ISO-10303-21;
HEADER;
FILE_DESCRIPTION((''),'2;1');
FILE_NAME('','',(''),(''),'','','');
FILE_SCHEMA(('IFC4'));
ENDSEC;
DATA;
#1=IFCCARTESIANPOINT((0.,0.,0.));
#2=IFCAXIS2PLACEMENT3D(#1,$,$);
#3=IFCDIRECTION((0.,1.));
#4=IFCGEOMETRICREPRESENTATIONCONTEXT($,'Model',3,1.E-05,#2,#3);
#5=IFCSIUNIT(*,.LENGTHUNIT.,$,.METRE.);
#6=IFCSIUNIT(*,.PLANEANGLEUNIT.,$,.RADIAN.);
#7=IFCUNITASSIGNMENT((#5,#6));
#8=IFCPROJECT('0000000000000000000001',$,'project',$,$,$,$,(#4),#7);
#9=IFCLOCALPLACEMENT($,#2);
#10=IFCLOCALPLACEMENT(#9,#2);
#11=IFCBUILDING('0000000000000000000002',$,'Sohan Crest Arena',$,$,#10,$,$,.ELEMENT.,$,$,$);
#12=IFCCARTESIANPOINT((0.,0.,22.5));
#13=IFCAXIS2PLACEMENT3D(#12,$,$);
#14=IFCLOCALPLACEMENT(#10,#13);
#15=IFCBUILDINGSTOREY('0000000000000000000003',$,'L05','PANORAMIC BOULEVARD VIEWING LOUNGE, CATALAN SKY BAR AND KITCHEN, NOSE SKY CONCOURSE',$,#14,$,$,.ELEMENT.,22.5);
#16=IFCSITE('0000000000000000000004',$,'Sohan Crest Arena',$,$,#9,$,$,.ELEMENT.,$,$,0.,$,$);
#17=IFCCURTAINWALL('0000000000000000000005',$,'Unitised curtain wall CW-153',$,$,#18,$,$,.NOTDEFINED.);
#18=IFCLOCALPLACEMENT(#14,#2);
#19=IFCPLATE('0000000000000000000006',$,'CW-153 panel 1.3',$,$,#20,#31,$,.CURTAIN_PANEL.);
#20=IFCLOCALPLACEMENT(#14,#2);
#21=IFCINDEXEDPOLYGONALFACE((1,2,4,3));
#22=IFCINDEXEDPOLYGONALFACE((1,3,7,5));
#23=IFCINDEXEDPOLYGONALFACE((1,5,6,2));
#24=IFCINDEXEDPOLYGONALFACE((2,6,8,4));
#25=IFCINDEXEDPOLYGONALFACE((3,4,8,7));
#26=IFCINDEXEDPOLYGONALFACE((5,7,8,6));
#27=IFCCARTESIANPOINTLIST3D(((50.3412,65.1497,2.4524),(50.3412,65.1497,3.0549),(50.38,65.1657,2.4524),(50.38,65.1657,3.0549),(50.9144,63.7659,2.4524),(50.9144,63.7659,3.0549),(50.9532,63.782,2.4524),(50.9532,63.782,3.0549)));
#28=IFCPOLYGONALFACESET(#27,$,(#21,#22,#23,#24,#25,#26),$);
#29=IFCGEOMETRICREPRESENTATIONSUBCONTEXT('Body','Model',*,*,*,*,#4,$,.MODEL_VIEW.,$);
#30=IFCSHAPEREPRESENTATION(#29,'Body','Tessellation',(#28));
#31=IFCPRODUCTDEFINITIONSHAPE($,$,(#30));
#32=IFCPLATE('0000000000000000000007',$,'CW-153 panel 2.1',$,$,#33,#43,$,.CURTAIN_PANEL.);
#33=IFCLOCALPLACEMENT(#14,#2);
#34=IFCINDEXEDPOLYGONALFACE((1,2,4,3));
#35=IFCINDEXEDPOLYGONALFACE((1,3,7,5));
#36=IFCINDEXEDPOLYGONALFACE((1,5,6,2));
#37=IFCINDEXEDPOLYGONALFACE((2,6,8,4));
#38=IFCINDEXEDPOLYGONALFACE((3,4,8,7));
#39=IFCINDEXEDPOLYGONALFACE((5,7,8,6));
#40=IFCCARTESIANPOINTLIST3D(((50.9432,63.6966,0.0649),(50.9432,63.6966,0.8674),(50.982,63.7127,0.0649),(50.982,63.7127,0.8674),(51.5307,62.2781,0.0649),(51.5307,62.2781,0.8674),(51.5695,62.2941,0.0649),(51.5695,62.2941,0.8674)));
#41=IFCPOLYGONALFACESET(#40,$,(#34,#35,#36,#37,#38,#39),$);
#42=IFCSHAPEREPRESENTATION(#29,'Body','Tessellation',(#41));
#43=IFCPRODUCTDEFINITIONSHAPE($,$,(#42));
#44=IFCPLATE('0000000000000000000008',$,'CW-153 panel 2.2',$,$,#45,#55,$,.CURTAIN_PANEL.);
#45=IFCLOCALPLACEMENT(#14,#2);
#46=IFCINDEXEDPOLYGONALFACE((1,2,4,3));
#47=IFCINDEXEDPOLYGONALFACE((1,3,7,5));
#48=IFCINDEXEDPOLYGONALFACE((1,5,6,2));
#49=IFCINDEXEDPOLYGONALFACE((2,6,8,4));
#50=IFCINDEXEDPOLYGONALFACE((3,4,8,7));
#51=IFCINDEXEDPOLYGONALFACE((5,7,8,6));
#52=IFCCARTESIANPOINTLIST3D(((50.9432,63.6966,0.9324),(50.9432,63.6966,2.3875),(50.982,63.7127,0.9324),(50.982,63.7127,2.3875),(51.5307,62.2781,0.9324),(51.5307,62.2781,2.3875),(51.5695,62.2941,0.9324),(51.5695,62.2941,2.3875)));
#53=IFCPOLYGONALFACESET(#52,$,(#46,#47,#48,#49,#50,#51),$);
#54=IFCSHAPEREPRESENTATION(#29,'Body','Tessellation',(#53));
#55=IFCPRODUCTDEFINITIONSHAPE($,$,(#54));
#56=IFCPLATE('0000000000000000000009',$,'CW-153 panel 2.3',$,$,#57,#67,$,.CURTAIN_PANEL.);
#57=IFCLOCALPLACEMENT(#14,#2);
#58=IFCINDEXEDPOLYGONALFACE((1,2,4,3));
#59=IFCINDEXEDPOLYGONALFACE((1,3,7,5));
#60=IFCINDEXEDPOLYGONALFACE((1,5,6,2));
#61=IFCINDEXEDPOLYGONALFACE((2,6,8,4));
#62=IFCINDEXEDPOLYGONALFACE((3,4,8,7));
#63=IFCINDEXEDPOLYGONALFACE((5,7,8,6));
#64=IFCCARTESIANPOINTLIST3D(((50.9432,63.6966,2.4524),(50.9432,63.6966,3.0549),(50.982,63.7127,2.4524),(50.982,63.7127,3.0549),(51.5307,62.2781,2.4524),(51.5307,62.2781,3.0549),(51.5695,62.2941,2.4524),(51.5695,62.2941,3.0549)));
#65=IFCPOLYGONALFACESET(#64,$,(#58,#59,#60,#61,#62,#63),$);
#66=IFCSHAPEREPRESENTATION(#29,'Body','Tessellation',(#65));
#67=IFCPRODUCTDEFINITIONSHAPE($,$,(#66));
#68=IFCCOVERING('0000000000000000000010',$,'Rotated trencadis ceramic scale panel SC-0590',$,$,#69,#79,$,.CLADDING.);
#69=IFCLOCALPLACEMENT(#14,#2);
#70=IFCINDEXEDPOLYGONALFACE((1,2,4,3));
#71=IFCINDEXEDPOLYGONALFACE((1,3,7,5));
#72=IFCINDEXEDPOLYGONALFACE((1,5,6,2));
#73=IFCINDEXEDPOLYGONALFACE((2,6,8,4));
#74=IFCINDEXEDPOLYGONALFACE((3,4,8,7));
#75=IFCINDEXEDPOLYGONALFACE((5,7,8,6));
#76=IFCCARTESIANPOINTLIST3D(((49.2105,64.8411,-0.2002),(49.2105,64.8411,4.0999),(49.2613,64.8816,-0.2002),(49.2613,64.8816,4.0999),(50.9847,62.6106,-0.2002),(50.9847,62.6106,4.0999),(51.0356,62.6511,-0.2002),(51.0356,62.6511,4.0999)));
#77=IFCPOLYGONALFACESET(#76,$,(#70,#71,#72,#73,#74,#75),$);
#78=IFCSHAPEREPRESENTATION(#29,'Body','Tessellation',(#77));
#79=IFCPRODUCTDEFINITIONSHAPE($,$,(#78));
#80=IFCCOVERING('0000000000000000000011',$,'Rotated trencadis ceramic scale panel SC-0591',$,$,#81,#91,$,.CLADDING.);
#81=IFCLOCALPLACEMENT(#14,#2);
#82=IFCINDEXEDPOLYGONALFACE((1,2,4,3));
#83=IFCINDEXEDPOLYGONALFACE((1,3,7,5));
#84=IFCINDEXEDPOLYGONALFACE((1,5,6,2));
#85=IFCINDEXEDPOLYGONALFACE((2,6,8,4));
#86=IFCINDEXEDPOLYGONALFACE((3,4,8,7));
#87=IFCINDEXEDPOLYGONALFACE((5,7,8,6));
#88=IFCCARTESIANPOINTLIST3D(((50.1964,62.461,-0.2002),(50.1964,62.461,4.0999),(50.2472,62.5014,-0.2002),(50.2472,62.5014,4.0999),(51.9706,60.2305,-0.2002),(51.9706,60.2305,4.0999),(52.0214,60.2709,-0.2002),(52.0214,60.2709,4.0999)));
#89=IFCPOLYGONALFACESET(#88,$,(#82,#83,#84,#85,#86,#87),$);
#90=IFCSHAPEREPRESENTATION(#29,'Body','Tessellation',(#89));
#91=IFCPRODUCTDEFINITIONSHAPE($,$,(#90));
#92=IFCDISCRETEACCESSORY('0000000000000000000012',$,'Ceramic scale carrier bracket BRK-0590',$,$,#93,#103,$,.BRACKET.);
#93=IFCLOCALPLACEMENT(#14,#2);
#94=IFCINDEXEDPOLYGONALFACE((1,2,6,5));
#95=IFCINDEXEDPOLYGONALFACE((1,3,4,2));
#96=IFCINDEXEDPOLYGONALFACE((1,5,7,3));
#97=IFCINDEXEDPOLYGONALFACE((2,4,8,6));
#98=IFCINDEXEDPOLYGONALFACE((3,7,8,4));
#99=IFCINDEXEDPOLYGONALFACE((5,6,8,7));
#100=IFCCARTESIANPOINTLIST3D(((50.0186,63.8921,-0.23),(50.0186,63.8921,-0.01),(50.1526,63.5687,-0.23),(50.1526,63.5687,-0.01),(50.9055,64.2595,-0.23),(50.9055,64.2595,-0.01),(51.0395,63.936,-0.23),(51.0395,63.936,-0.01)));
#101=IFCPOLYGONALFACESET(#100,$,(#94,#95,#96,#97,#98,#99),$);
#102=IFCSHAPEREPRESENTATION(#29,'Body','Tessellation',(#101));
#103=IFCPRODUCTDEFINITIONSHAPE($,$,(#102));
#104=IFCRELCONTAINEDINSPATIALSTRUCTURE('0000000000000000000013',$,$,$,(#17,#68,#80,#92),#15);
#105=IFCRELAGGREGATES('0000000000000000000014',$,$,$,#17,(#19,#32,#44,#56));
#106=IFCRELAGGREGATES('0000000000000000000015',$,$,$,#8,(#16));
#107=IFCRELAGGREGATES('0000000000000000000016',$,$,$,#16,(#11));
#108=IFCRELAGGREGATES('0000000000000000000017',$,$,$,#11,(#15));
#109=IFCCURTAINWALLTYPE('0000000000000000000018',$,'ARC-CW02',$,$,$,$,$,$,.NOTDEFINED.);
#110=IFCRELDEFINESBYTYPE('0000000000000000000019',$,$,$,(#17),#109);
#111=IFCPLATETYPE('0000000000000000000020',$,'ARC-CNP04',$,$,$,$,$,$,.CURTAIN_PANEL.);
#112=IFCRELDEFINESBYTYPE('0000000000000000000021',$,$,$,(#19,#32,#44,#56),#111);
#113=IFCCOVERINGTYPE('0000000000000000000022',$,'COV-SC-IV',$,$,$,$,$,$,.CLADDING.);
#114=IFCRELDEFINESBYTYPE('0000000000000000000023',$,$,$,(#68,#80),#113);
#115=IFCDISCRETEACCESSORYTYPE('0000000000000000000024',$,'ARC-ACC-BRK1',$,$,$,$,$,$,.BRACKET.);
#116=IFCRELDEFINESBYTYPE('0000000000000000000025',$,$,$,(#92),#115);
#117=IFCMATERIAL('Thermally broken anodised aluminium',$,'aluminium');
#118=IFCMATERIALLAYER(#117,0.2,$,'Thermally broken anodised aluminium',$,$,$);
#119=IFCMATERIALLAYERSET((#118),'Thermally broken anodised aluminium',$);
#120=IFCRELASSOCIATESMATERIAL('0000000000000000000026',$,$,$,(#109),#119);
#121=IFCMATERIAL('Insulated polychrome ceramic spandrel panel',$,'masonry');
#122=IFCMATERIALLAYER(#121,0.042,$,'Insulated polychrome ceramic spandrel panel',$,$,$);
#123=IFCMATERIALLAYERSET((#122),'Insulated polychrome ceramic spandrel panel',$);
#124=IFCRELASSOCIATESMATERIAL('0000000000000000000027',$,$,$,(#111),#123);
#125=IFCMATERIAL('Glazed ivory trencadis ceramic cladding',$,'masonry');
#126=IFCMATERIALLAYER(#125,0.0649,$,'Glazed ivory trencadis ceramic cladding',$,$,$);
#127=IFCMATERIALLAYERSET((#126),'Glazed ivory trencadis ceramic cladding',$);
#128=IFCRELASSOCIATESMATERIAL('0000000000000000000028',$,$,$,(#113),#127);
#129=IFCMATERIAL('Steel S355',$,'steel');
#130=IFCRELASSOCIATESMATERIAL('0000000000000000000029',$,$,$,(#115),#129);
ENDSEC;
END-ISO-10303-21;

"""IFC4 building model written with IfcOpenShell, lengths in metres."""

from ifc_helpers import new_model, si_unit, direction, frame, origin, origin_2d, place, context, subcontext, project, spatial, rectangle, extrude, material, layer, layer_set, type_object, element, aggregate, save


model = new_model("IFC4")

# Units and contexts
model_context = context("Model", 3, precision=1e-05, world=origin(), true_north=direction((0.0, 1.0)))
body_context = subcontext(model_context, "Body", "Model", "MODEL_VIEW")
ifc_project = project(units=[si_unit("LENGTHUNIT", "METRE"), si_unit("PLANEANGLEUNIT", "RADIAN")], contexts=[model_context])

# Site, building, storey
site_placement = place(None, origin())
site = spatial("IfcSite", under=ifc_project, at=site_placement, Name="Sohan Crest Arena", CompositionType="ELEMENT", RefElevation=0.0)
building_placement = place(site_placement, origin())
building = spatial("IfcBuilding", under=site, at=building_placement, Name="Sohan Crest Arena", CompositionType="ELEMENT")
storey_placement = place(building_placement, frame((0.0, 0.0, 22.5)))
storey = spatial("IfcBuildingStorey", under=building, at=storey_placement, Name="L05", Description="PANORAMIC BOULEVARD VIEWING LOUNGE, CATALAN SKY BAR AND KITCHEN, NOSE SKY CONCOURSE", CompositionType="ELEMENT", Elevation=22.5)

# Shared definitions
ifc_material_1 = material(Name="Thermally broken anodised aluminium", Category="aluminium")

# Curtain wall
ifc_layer_1 = layer(ifc_material_1, 0.2, Name="Thermally broken anodised aluminium")
ifc_layer_set_1 = layer_set([ifc_layer_1], Name="Thermally broken anodised aluminium")
curtain_wall_type_1 = type_object("IfcCurtainWallType", Name="ARC-CW02", PredefinedType="NOTDEFINED", material=ifc_layer_set_1)
curtain_wall_1_placement = place(storey_placement, origin())
curtain_wall_1 = element("IfcCurtainWall", 1, at=curtain_wall_1_placement, inside=storey, type_object=curtain_wall_type_1, Name="Unitised curtain wall CW-153", PredefinedType="NOTDEFINED")

# Plates
ifc_material_2 = material(Name="Insulated polychrome ceramic spandrel panel", Category="masonry")
ifc_layer_2 = layer(ifc_material_2, 0.042, Name="Insulated polychrome ceramic spandrel panel")
ifc_layer_set_2 = layer_set([ifc_layer_2], Name="Insulated polychrome ceramic spandrel panel")
plate_type_1 = type_object("IfcPlateType", Name="ARC-CNP04", PredefinedType="CURTAIN_PANEL", material=ifc_layer_set_2)
plate_1_placement = place(storey_placement, frame((50.6472, 64.4658, 2.4524), z_axis=(0.0, 0.0, 1.0), x_axis=(0.382685, -0.923879, 0.0)))
plate_1 = element("IfcPlate", 2, at=plate_1_placement, type_object=plate_type_1, Name="CW-153 panel 1.3", PredefinedType="CURTAIN_PANEL", context=body_context, shape_type="SweptSolid", body=[
    extrude(rectangle(XDim=1.4978, YDim=0.042, at=origin_2d()), origin(), (0.0, 0.0, 1.0), 0.6025),
])
plate_2_placement = place(storey_placement, frame((51.2563, 62.9954, 0.0649), z_axis=(0.0, 0.0, 1.0), x_axis=(0.382685, -0.923879, 0.0)))
plate_2 = element("IfcPlate", 3, at=plate_2_placement, type_object=plate_type_1, Name="CW-153 panel 2.1", PredefinedType="CURTAIN_PANEL", context=body_context, shape_type="SweptSolid", body=[
    extrude(rectangle(XDim=1.5354, YDim=0.042, at=origin_2d()), origin(), (0.0, 0.0, 1.0), 0.8025),
])
plate_3_placement = place(storey_placement, frame((51.2563, 62.9954, 0.9324), z_axis=(0.0, 0.0, 1.0), x_axis=(0.382685, -0.923879, 0.0)))
plate_3 = element("IfcPlate", 4, at=plate_3_placement, type_object=plate_type_1, Name="CW-153 panel 2.2", PredefinedType="CURTAIN_PANEL", context=body_context, shape_type="SweptSolid", body=[
    extrude(rectangle(XDim=1.5354, YDim=0.042, at=origin_2d()), origin(), (0.0, 0.0, 1.0), 1.4551),
])
plate_4_placement = place(storey_placement, frame((51.2563, 62.9954, 2.4524), z_axis=(0.0, 0.0, 1.0), x_axis=(0.382685, -0.923879, 0.0)))
plate_4 = element("IfcPlate", 5, at=plate_4_placement, type_object=plate_type_1, Name="CW-153 panel 2.3", PredefinedType="CURTAIN_PANEL", context=body_context, shape_type="SweptSolid", body=[
    extrude(rectangle(XDim=1.5354, YDim=0.042, at=origin_2d()), origin(), (0.0, 0.0, 1.0), 0.6025),
])
aggregate(curtain_wall_1, [plate_1, plate_2, plate_3, plate_4])

# Coverings
ifc_material_3 = material(Name="Glazed ivory trencadis ceramic cladding", Category="masonry")
ifc_layer_3 = layer(ifc_material_3, 0.0649, Name="Glazed ivory trencadis ceramic cladding")
ifc_layer_set_3 = layer_set([ifc_layer_3], Name="Glazed ivory trencadis ceramic cladding")
covering_type = type_object("IfcCoveringType", Name="COV-SC-IV", PredefinedType="CLADDING", material=ifc_layer_set_3)
for number, where, z_axis, x_axis, name in (
    (6, (50.123, 63.7461, -0.2002), (0.0, 0.0, 1.0), (0.622515, -0.782608, 0.0), "Rotated trencadis ceramic scale panel SC-0590"),
    (7, (51.1089, 61.366, -0.2002), (0.0, 0.0, 1.0), (0.622515, -0.782608, 0.0), "Rotated trencadis ceramic scale panel SC-0591"),
):
    element("IfcCovering", number, at=place(storey_placement, frame(where, z_axis=z_axis, x_axis=x_axis)), inside=storey, type_object=covering_type, Name=name, PredefinedType="CLADDING", context=body_context, shape_type="SweptSolid", body=[
        extrude(rectangle(XDim=2.8501, YDim=0.0649, at=origin_2d()), origin(), (0.0, 0.0, 1.0), 4.3),
    ])

# Discrete accessory
ifc_material_4 = material(Name="Steel S355", Category="steel")
discrete_accessory_type = type_object("IfcDiscreteAccessoryType", Name="ARC-ACC-BRK1", PredefinedType="BRACKET", material=ifc_material_4)
discrete_accessory_placement = place(storey_placement, frame((50.5291, 63.9141, -0.23), z_axis=(0.0, 0.0, 1.0), x_axis=(0.382683, -0.92388, 0.0)))
element("IfcDiscreteAccessory", 8, at=discrete_accessory_placement, inside=storey, type_object=discrete_accessory_type, Name="Ceramic scale carrier bracket BRK-0590", PredefinedType="BRACKET", context=body_context, shape_type="SweptSolid", body=[
    extrude(rectangle(XDim=0.3501, YDim=0.96, at=origin_2d()), origin(), (0.0, 0.0, 1.0), 0.22),
])

save(model, "model.ifc")
